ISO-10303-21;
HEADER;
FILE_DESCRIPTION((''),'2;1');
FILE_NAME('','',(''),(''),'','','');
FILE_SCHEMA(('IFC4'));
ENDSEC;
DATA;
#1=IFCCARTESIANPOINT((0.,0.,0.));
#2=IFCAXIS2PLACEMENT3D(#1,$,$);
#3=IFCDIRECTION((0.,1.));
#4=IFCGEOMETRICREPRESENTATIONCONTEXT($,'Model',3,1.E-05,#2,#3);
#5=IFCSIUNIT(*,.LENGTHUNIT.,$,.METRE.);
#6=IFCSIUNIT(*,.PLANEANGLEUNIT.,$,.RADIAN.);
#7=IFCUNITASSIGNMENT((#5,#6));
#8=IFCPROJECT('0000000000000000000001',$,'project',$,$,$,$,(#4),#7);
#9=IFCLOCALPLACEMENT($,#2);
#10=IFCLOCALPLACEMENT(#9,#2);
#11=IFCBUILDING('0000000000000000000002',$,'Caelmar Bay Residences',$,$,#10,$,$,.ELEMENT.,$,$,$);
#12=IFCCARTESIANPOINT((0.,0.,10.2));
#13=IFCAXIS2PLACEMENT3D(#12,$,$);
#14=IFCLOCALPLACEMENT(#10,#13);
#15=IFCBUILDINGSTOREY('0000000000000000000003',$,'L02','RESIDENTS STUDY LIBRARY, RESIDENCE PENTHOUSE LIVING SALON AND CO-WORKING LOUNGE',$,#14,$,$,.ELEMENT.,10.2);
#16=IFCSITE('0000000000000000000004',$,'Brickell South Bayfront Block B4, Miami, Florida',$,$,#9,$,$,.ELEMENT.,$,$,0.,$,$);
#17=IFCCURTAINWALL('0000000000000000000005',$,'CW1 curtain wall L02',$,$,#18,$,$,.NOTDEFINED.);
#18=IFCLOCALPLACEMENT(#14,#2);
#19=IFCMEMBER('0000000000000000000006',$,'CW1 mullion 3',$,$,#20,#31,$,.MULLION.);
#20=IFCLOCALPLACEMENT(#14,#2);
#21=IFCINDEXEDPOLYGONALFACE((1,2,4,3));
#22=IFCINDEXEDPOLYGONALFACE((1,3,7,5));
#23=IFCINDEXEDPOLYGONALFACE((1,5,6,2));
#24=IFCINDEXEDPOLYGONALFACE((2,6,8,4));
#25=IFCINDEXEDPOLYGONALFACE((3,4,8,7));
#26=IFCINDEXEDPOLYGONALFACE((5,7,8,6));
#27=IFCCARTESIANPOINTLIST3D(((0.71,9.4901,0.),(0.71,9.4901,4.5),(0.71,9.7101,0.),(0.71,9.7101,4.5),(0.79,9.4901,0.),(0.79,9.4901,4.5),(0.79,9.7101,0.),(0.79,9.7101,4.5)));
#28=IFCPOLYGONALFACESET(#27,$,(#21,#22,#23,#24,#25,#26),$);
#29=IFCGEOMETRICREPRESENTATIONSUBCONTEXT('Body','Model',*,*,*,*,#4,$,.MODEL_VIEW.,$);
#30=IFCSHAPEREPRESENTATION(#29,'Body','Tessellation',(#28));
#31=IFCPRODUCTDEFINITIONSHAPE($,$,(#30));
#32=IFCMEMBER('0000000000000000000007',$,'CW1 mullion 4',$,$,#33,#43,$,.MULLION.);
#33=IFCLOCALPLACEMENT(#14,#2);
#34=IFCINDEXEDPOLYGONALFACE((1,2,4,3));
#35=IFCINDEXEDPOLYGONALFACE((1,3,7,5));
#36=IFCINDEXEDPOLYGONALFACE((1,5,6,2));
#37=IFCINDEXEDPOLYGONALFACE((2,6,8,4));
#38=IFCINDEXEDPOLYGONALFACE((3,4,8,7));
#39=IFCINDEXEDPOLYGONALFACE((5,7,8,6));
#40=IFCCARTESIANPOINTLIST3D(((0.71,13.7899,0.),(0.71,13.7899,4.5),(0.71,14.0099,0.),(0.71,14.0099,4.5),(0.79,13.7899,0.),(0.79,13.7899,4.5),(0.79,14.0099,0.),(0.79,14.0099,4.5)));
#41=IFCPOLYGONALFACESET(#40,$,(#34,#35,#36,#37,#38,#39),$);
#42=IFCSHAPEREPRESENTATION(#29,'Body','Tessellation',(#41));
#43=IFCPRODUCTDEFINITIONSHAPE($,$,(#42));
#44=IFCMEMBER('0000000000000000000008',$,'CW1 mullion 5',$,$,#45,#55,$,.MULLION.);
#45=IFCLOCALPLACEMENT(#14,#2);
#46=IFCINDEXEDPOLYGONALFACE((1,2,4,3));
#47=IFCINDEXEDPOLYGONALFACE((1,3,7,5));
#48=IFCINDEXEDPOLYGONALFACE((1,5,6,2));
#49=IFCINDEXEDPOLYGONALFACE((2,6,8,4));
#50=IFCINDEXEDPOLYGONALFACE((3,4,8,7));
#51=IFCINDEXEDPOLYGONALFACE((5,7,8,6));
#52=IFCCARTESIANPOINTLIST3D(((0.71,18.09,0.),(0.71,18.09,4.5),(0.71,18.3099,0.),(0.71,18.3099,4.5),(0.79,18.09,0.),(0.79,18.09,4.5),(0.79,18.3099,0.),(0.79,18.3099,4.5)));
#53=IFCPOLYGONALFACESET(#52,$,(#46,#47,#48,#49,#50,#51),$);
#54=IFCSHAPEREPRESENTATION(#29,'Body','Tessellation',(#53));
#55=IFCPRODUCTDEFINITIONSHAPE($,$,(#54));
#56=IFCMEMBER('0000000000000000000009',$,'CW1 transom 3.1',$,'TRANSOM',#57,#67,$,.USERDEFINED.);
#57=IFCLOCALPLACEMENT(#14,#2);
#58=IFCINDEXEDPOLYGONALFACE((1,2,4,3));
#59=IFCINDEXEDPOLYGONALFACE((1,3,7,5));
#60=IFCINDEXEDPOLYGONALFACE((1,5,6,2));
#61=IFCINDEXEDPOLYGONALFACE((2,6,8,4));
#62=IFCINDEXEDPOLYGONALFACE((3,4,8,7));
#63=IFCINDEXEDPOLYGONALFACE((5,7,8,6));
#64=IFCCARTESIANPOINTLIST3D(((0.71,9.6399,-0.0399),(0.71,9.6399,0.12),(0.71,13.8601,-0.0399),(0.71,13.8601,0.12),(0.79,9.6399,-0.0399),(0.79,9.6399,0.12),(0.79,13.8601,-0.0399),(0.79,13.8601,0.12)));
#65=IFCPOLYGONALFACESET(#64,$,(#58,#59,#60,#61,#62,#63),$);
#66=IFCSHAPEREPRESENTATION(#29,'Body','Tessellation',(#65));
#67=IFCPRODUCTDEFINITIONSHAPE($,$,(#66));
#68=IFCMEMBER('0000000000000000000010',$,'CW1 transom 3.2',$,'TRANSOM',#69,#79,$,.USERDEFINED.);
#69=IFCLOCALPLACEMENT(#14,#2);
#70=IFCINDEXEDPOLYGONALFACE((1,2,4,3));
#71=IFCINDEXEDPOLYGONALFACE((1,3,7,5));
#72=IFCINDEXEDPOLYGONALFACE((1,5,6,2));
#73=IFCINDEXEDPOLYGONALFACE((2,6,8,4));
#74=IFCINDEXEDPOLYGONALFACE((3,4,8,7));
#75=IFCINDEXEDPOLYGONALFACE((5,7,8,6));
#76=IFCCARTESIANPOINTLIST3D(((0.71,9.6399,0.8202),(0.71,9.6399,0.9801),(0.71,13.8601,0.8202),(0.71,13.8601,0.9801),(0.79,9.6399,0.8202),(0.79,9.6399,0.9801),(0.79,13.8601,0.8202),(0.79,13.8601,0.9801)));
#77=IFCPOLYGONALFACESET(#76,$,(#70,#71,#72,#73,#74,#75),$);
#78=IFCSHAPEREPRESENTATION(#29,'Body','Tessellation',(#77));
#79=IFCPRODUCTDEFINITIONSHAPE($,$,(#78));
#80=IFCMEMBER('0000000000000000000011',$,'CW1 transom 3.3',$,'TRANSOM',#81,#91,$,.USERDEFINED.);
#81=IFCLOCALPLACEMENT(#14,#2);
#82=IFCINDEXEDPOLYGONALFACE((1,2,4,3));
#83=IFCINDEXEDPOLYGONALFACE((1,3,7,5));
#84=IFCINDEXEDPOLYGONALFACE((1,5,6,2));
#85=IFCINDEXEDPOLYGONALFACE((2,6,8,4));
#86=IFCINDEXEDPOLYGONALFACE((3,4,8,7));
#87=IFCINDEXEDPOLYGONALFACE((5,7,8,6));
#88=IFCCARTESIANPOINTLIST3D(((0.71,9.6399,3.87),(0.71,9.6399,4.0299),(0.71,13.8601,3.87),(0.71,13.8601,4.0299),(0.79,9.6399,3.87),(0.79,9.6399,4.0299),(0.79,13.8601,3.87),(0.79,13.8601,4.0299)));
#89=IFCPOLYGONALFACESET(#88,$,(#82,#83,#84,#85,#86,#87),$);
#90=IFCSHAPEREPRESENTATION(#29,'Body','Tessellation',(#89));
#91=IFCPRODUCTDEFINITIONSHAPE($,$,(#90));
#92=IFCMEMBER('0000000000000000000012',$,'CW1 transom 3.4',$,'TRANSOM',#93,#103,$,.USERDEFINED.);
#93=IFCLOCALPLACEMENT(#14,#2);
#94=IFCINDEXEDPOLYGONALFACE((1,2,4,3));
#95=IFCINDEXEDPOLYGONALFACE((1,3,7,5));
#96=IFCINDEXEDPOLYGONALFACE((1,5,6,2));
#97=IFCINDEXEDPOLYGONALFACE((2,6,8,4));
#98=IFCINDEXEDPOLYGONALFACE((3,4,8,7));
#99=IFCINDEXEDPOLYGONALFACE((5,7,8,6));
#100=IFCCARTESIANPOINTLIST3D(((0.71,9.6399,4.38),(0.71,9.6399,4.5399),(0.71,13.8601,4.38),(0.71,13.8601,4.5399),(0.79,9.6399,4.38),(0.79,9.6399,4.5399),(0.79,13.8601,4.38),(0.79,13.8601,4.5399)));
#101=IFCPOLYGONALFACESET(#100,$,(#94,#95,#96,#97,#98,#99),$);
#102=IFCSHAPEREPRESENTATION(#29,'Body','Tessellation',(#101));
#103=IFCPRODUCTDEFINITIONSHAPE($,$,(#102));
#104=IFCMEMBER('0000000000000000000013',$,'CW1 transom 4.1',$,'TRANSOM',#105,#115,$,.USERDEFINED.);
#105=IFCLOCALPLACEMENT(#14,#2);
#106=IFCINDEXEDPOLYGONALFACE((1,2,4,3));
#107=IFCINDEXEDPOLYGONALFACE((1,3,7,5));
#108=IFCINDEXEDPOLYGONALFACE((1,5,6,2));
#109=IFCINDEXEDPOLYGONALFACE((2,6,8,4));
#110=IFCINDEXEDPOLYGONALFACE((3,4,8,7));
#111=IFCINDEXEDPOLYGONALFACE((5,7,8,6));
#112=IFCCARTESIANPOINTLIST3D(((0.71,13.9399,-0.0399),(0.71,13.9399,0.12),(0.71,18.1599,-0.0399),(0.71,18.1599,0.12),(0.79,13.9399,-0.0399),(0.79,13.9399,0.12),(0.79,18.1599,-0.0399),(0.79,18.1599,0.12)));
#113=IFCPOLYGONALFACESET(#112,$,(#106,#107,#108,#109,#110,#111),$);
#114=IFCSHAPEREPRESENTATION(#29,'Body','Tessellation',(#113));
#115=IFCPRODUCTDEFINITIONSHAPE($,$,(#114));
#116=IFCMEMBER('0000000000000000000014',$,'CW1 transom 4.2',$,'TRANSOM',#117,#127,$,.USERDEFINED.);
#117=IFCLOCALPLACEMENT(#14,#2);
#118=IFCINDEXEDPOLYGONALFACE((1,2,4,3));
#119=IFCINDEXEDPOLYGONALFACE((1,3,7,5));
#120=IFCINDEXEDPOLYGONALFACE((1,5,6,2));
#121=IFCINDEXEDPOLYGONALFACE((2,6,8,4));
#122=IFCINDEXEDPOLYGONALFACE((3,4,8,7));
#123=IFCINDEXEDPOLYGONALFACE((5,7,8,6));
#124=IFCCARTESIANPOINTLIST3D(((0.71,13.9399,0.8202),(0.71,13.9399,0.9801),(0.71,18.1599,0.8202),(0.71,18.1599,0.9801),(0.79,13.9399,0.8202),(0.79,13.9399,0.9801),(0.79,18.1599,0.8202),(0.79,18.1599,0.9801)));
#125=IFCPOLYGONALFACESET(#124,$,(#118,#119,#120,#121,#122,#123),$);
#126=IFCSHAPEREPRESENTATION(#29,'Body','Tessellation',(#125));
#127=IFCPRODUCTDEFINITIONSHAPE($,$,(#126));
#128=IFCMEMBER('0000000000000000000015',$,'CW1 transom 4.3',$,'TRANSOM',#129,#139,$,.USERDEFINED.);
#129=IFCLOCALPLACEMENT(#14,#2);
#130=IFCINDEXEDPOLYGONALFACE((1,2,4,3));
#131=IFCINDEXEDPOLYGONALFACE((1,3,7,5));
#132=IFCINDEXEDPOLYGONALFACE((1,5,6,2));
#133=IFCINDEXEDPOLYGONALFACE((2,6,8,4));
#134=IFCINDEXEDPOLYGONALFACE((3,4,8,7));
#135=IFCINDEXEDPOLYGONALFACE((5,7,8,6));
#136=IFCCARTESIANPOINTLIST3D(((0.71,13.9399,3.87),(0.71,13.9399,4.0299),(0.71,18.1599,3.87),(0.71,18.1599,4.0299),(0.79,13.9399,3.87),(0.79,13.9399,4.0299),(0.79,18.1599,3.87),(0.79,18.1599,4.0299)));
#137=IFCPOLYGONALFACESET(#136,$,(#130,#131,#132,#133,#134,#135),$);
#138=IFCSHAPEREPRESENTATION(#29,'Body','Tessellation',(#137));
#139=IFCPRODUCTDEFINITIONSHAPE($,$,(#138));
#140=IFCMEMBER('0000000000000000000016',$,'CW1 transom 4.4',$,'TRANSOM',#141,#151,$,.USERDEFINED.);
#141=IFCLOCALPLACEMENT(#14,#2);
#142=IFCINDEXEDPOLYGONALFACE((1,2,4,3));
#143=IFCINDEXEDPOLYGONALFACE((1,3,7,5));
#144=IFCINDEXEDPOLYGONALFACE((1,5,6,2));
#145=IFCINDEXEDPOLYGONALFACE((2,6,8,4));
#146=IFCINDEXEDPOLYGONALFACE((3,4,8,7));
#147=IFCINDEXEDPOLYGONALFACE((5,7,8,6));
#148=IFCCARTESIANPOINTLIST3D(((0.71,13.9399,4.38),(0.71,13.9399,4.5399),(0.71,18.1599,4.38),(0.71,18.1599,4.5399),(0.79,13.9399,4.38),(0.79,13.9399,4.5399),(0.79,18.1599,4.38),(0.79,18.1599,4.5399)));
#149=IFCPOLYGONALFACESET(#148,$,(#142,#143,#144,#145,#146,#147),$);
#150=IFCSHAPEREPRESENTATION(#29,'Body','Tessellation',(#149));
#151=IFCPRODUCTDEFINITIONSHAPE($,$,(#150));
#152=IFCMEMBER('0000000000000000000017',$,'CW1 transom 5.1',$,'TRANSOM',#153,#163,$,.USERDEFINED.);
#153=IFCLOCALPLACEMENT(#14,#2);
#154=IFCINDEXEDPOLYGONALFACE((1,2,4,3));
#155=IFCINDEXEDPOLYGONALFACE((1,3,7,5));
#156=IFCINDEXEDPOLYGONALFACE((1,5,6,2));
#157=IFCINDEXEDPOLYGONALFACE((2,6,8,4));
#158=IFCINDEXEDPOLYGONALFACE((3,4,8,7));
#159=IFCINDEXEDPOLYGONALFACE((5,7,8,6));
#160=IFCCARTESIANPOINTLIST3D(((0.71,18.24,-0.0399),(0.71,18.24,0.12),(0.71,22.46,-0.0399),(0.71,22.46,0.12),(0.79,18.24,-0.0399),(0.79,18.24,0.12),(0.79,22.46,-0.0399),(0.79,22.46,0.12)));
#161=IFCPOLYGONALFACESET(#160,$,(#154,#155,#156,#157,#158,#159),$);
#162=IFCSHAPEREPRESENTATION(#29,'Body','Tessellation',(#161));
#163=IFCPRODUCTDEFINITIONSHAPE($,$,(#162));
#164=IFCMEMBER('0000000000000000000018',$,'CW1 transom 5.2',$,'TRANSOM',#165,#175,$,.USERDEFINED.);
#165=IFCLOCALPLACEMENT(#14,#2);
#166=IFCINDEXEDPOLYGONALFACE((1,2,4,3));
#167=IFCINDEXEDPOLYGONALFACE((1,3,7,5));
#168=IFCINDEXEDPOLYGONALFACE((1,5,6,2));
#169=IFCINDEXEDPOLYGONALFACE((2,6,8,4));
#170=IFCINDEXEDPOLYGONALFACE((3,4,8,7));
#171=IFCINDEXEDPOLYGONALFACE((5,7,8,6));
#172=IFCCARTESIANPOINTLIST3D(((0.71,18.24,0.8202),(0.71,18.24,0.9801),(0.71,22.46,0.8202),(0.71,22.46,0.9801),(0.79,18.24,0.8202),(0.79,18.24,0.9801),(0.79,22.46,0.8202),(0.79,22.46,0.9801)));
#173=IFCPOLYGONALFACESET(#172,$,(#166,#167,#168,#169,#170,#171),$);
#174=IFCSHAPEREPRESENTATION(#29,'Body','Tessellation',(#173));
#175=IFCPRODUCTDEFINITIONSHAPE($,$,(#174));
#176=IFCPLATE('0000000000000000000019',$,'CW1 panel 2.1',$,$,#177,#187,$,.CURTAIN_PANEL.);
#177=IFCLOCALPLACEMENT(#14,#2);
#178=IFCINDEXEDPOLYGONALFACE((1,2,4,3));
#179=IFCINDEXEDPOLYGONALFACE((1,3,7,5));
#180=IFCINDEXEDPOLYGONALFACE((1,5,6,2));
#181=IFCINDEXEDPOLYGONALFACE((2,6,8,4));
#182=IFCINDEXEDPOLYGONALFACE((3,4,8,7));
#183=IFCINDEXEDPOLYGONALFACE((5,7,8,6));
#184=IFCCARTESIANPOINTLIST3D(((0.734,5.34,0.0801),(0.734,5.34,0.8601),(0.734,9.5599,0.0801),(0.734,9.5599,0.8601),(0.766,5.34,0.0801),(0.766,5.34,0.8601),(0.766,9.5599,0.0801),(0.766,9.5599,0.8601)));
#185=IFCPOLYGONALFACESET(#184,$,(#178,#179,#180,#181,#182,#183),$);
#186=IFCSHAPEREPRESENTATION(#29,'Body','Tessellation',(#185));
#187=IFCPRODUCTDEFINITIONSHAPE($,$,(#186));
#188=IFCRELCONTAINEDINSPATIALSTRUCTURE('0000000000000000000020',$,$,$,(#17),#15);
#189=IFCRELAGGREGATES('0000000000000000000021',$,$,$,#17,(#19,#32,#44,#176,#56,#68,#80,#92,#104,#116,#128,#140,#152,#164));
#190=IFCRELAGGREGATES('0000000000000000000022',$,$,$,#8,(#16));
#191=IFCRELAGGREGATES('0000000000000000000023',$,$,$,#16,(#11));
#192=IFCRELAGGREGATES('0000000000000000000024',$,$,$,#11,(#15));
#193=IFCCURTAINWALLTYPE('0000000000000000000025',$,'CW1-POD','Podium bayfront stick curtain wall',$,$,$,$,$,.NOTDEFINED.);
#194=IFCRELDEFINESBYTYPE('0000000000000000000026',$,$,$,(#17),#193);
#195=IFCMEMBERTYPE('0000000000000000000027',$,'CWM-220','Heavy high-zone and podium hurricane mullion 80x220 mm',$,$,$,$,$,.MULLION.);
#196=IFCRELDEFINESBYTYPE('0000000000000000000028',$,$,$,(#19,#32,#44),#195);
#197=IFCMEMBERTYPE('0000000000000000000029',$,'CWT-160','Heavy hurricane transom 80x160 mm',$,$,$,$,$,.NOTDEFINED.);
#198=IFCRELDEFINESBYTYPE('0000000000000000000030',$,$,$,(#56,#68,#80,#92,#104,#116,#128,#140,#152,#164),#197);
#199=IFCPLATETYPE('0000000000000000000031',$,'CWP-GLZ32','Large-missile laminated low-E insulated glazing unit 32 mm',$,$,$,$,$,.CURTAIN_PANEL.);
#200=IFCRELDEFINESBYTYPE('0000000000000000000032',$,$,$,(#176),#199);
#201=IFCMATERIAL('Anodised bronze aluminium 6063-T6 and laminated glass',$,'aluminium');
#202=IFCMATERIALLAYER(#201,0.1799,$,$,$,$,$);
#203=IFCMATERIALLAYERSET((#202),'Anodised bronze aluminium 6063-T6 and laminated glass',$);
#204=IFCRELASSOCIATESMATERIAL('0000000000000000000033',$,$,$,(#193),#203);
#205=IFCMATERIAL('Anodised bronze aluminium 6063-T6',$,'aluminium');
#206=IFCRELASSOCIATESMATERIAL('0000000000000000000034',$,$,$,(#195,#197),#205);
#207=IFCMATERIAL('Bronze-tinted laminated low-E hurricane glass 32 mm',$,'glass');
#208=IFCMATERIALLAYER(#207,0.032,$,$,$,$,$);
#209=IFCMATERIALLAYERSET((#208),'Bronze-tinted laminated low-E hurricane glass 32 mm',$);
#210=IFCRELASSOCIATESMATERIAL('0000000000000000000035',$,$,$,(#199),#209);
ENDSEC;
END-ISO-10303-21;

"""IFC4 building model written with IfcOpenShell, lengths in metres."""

from ifc_helpers import new_model, si_unit, direction, frame, origin, origin_2d, place, context, subcontext, project, spatial, rectangle, extrude, material, layer, layer_set, material_profile, profile_set, type_object, element, aggregate, save


model = new_model("IFC4")

# Units and contexts
model_context = context("Model", 3, precision=1e-05, world=origin(), true_north=direction((0.0, 1.0)))
body_context = subcontext(model_context, "Body", "Model", "MODEL_VIEW")
ifc_project = project(units=[si_unit("LENGTHUNIT", "METRE"), si_unit("PLANEANGLEUNIT", "RADIAN")], contexts=[model_context])

# Site, building, storey
site_placement = place(None, origin())
site = spatial("IfcSite", under=ifc_project, at=site_placement, Name="Brickell South Bayfront Block B4, Miami, Florida", CompositionType="ELEMENT", RefElevation=0.0)
building_placement = place(site_placement, origin())
building = spatial("IfcBuilding", under=site, at=building_placement, Name="Caelmar Bay Residences", CompositionType="ELEMENT")
storey_placement = place(building_placement, frame((0.0, 0.0, 10.2)))
storey = spatial("IfcBuildingStorey", under=building, at=storey_placement, Name="L02", Description="RESIDENTS STUDY LIBRARY, RESIDENCE PENTHOUSE LIVING SALON AND CO-WORKING LOUNGE", CompositionType="ELEMENT", Elevation=10.2)

# Curtain wall, members, plate
ifc_material_1 = material(Name="Anodised bronze aluminium 6063-T6 and laminated glass", Category="aluminium")
ifc_layer_1 = layer(ifc_material_1, 0.1799)
ifc_layer_set_1 = layer_set([ifc_layer_1], Name="Anodised bronze aluminium 6063-T6 and laminated glass")
curtain_wall_type = type_object("IfcCurtainWallType", Name="CW1-POD", Description="Podium bayfront stick curtain wall", PredefinedType="NOTDEFINED", material=ifc_layer_set_1)
curtain_wall_placement = place(storey_placement, origin())
curtain_wall = element("IfcCurtainWall", 1, at=curtain_wall_placement, inside=storey, type_object=curtain_wall_type, Name="CW1 curtain wall L02", PredefinedType="NOTDEFINED")
ifc_material_2 = material(Name="Anodised bronze aluminium 6063-T6", Category="aluminium")
ifc_material_profile_1 = material_profile(ifc_material_2, rectangle(XDim=0.0801, YDim=0.22, at=origin_2d()), Name="CWM-80X220")
ifc_profile_set_1 = profile_set([ifc_material_profile_1], Name="Anodised bronze aluminium 6063-T6")
member_type_1 = type_object("IfcMemberType", Name="CWM-220", Description="Heavy high-zone and podium hurricane mullion 80x220 mm", PredefinedType="MULLION", material=ifc_profile_set_1)
member_1_placement = place(storey_placement, frame((0.75, 9.6001, 0.0), z_axis=(0.0, 0.0, 1.0), x_axis=(-1.0, 0.0, 0.0)))
member_1 = element("IfcMember", 2, at=member_1_placement, type_object=member_type_1, Name="CW1 mullion 3", PredefinedType="MULLION", context=body_context, shape_type="SweptSolid", body=[
    extrude(rectangle(XDim=0.0801, YDim=0.22, at=origin_2d()), origin(), (0.0, 0.0, 1.0), 4.5),
])
member_2_placement = place(storey_placement, frame((0.75, 13.8999, 0.0), z_axis=(0.0, 0.0, 1.0), x_axis=(-1.0, 0.0, 0.0)))
member_2 = element("IfcMember", 3, at=member_2_placement, type_object=member_type_1, Name="CW1 mullion 4", PredefinedType="MULLION", context=body_context, shape_type="SweptSolid", body=[
    extrude(rectangle(XDim=0.0801, YDim=0.22, at=origin_2d()), origin(), (0.0, 0.0, 1.0), 4.5),
])
member_3_placement = place(storey_placement, frame((0.75, 18.2, 0.0), z_axis=(0.0, 0.0, 1.0), x_axis=(-1.0, 0.0, 0.0)))
member_3 = element("IfcMember", 4, at=member_3_placement, type_object=member_type_1, Name="CW1 mullion 5", PredefinedType="MULLION", context=body_context, shape_type="SweptSolid", body=[
    extrude(rectangle(XDim=0.0801, YDim=0.22, at=origin_2d()), origin(), (0.0, 0.0, 1.0), 4.5),
])
ifc_material_profile_2 = material_profile(ifc_material_2, rectangle(XDim=0.0801, YDim=0.1599, at=origin_2d()), Name="CWT-80X160")
ifc_profile_set_2 = profile_set([ifc_material_profile_2], Name="Anodised bronze aluminium 6063-T6")
member_type_2 = type_object("IfcMemberType", Name="CWT-160", Description="Heavy hurricane transom 80x160 mm", PredefinedType="NOTDEFINED", material=ifc_profile_set_2)
member_4_placement = place(storey_placement, frame((0.75, 9.6399, 0.04), z_axis=(0.0, 1.0, 0.0), x_axis=(-1.0, 0.0, 0.0)))
member_4 = element("IfcMember", 5, at=member_4_placement, type_object=member_type_2, Name="CW1 transom 3.1", ObjectType="TRANSOM", PredefinedType="USERDEFINED", context=body_context, shape_type="SweptSolid", body=[
    extrude(rectangle(XDim=0.0801, YDim=0.1599, at=origin_2d()), origin(), (0.0, 0.0, 1.0), 4.2202),
])
member_5_placement = place(storey_placement, frame((0.75, 9.6399, 0.9001), z_axis=(0.0, 1.0, 0.0), x_axis=(-1.0, 0.0, 0.0)))
member_5 = element("IfcMember", 6, at=member_5_placement, type_object=member_type_2, Name="CW1 transom 3.2", ObjectType="TRANSOM", PredefinedType="USERDEFINED", context=body_context, shape_type="SweptSolid", body=[
    extrude(rectangle(XDim=0.0801, YDim=0.1599, at=origin_2d()), origin(), (0.0, 0.0, 1.0), 4.2202),
])
member_6_placement = place(storey_placement, frame((0.75, 9.6399, 3.95), z_axis=(0.0, 1.0, 0.0), x_axis=(-1.0, 0.0, 0.0)))
member_6 = element("IfcMember", 7, at=member_6_placement, type_object=member_type_2, Name="CW1 transom 3.3", ObjectType="TRANSOM", PredefinedType="USERDEFINED", context=body_context, shape_type="SweptSolid", body=[
    extrude(rectangle(XDim=0.0801, YDim=0.1599, at=origin_2d()), origin(), (0.0, 0.0, 1.0), 4.2202),
])
member_7_placement = place(storey_placement, frame((0.75, 9.6399, 4.46), z_axis=(0.0, 1.0, 0.0), x_axis=(-1.0, 0.0, 0.0)))
member_7 = element("IfcMember", 8, at=member_7_placement, type_object=member_type_2, Name="CW1 transom 3.4", ObjectType="TRANSOM", PredefinedType="USERDEFINED", context=body_context, shape_type="SweptSolid", body=[
    extrude(rectangle(XDim=0.0801, YDim=0.1599, at=origin_2d()), origin(), (0.0, 0.0, 1.0), 4.2202),
])
member_8_placement = place(storey_placement, frame((0.75, 13.9399, 0.04), z_axis=(0.0, 1.0, 0.0), x_axis=(-1.0, 0.0, 0.0)))
member_8 = element("IfcMember", 9, at=member_8_placement, type_object=member_type_2, Name="CW1 transom 4.1", ObjectType="TRANSOM", PredefinedType="USERDEFINED", context=body_context, shape_type="SweptSolid", body=[
    extrude(rectangle(XDim=0.0801, YDim=0.1599, at=origin_2d()), origin(), (0.0, 0.0, 1.0), 4.22),
])
member_9_placement = place(storey_placement, frame((0.75, 13.9399, 0.9001), z_axis=(0.0, 1.0, 0.0), x_axis=(-1.0, 0.0, 0.0)))
member_9 = element("IfcMember", 10, at=member_9_placement, type_object=member_type_2, Name="CW1 transom 4.2", ObjectType="TRANSOM", PredefinedType="USERDEFINED", context=body_context, shape_type="SweptSolid", body=[
    extrude(rectangle(XDim=0.0801, YDim=0.1599, at=origin_2d()), origin(), (0.0, 0.0, 1.0), 4.22),
])
member_10_placement = place(storey_placement, frame((0.75, 13.9399, 3.95), z_axis=(0.0, 1.0, 0.0), x_axis=(-1.0, 0.0, 0.0)))
member_10 = element("IfcMember", 11, at=member_10_placement, type_object=member_type_2, Name="CW1 transom 4.3", ObjectType="TRANSOM", PredefinedType="USERDEFINED", context=body_context, shape_type="SweptSolid", body=[
    extrude(rectangle(XDim=0.0801, YDim=0.1599, at=origin_2d()), origin(), (0.0, 0.0, 1.0), 4.22),
])
member_11_placement = place(storey_placement, frame((0.75, 13.9399, 4.46), z_axis=(0.0, 1.0, 0.0), x_axis=(-1.0, 0.0, 0.0)))
member_11 = element("IfcMember", 12, at=member_11_placement, type_object=member_type_2, Name="CW1 transom 4.4", ObjectType="TRANSOM", PredefinedType="USERDEFINED", context=body_context, shape_type="SweptSolid", body=[
    extrude(rectangle(XDim=0.0801, YDim=0.1599, at=origin_2d()), origin(), (0.0, 0.0, 1.0), 4.22),
])
member_12_placement = place(storey_placement, frame((0.75, 18.24, 0.04), z_axis=(0.0, 1.0, 0.0), x_axis=(-1.0, 0.0, 0.0)))
member_12 = element("IfcMember", 13, at=member_12_placement, type_object=member_type_2, Name="CW1 transom 5.1", ObjectType="TRANSOM", PredefinedType="USERDEFINED", context=body_context, shape_type="SweptSolid", body=[
    extrude(rectangle(XDim=0.0801, YDim=0.1599, at=origin_2d()), origin(), (0.0, 0.0, 1.0), 4.22),
])
member_13_placement = place(storey_placement, frame((0.75, 18.24, 0.9001), z_axis=(0.0, 1.0, 0.0), x_axis=(-1.0, 0.0, 0.0)))
member_13 = element("IfcMember", 14, at=member_13_placement, type_object=member_type_2, Name="CW1 transom 5.2", ObjectType="TRANSOM", PredefinedType="USERDEFINED", context=body_context, shape_type="SweptSolid", body=[
    extrude(rectangle(XDim=0.0801, YDim=0.1599, at=origin_2d()), origin(), (0.0, 0.0, 1.0), 4.22),
])
ifc_material_3 = material(Name="Bronze-tinted laminated low-E hurricane glass 32 mm", Category="glass")
ifc_layer_2 = layer(ifc_material_3, 0.032)
ifc_layer_set_2 = layer_set([ifc_layer_2], Name="Bronze-tinted laminated low-E hurricane glass 32 mm")
plate_type = type_object("IfcPlateType", Name="CWP-GLZ32", Description="Large-missile laminated low-E insulated glazing unit 32 mm", PredefinedType="CURTAIN_PANEL", material=ifc_layer_set_2)
plate_1_placement = place(storey_placement, frame((0.75, 7.45, 0.0801), z_axis=(0.0, 0.0, 1.0), x_axis=(0.0, 1.0, 0.0)))
plate_1 = element("IfcPlate", 15, at=plate_1_placement, type_object=plate_type, Name="CW1 panel 2.1", PredefinedType="CURTAIN_PANEL", context=body_context, shape_type="SweptSolid", body=[
    extrude(rectangle(XDim=4.22, YDim=0.032, at=origin_2d()), origin(), (0.0, 0.0, 1.0), 0.78),
])
aggregate(curtain_wall, [member_1, member_2, member_3, plate_1, member_4, member_5, member_6, member_7, member_8, member_9, member_10, member_11, member_12, member_13])

save(model, "model.ifc")
